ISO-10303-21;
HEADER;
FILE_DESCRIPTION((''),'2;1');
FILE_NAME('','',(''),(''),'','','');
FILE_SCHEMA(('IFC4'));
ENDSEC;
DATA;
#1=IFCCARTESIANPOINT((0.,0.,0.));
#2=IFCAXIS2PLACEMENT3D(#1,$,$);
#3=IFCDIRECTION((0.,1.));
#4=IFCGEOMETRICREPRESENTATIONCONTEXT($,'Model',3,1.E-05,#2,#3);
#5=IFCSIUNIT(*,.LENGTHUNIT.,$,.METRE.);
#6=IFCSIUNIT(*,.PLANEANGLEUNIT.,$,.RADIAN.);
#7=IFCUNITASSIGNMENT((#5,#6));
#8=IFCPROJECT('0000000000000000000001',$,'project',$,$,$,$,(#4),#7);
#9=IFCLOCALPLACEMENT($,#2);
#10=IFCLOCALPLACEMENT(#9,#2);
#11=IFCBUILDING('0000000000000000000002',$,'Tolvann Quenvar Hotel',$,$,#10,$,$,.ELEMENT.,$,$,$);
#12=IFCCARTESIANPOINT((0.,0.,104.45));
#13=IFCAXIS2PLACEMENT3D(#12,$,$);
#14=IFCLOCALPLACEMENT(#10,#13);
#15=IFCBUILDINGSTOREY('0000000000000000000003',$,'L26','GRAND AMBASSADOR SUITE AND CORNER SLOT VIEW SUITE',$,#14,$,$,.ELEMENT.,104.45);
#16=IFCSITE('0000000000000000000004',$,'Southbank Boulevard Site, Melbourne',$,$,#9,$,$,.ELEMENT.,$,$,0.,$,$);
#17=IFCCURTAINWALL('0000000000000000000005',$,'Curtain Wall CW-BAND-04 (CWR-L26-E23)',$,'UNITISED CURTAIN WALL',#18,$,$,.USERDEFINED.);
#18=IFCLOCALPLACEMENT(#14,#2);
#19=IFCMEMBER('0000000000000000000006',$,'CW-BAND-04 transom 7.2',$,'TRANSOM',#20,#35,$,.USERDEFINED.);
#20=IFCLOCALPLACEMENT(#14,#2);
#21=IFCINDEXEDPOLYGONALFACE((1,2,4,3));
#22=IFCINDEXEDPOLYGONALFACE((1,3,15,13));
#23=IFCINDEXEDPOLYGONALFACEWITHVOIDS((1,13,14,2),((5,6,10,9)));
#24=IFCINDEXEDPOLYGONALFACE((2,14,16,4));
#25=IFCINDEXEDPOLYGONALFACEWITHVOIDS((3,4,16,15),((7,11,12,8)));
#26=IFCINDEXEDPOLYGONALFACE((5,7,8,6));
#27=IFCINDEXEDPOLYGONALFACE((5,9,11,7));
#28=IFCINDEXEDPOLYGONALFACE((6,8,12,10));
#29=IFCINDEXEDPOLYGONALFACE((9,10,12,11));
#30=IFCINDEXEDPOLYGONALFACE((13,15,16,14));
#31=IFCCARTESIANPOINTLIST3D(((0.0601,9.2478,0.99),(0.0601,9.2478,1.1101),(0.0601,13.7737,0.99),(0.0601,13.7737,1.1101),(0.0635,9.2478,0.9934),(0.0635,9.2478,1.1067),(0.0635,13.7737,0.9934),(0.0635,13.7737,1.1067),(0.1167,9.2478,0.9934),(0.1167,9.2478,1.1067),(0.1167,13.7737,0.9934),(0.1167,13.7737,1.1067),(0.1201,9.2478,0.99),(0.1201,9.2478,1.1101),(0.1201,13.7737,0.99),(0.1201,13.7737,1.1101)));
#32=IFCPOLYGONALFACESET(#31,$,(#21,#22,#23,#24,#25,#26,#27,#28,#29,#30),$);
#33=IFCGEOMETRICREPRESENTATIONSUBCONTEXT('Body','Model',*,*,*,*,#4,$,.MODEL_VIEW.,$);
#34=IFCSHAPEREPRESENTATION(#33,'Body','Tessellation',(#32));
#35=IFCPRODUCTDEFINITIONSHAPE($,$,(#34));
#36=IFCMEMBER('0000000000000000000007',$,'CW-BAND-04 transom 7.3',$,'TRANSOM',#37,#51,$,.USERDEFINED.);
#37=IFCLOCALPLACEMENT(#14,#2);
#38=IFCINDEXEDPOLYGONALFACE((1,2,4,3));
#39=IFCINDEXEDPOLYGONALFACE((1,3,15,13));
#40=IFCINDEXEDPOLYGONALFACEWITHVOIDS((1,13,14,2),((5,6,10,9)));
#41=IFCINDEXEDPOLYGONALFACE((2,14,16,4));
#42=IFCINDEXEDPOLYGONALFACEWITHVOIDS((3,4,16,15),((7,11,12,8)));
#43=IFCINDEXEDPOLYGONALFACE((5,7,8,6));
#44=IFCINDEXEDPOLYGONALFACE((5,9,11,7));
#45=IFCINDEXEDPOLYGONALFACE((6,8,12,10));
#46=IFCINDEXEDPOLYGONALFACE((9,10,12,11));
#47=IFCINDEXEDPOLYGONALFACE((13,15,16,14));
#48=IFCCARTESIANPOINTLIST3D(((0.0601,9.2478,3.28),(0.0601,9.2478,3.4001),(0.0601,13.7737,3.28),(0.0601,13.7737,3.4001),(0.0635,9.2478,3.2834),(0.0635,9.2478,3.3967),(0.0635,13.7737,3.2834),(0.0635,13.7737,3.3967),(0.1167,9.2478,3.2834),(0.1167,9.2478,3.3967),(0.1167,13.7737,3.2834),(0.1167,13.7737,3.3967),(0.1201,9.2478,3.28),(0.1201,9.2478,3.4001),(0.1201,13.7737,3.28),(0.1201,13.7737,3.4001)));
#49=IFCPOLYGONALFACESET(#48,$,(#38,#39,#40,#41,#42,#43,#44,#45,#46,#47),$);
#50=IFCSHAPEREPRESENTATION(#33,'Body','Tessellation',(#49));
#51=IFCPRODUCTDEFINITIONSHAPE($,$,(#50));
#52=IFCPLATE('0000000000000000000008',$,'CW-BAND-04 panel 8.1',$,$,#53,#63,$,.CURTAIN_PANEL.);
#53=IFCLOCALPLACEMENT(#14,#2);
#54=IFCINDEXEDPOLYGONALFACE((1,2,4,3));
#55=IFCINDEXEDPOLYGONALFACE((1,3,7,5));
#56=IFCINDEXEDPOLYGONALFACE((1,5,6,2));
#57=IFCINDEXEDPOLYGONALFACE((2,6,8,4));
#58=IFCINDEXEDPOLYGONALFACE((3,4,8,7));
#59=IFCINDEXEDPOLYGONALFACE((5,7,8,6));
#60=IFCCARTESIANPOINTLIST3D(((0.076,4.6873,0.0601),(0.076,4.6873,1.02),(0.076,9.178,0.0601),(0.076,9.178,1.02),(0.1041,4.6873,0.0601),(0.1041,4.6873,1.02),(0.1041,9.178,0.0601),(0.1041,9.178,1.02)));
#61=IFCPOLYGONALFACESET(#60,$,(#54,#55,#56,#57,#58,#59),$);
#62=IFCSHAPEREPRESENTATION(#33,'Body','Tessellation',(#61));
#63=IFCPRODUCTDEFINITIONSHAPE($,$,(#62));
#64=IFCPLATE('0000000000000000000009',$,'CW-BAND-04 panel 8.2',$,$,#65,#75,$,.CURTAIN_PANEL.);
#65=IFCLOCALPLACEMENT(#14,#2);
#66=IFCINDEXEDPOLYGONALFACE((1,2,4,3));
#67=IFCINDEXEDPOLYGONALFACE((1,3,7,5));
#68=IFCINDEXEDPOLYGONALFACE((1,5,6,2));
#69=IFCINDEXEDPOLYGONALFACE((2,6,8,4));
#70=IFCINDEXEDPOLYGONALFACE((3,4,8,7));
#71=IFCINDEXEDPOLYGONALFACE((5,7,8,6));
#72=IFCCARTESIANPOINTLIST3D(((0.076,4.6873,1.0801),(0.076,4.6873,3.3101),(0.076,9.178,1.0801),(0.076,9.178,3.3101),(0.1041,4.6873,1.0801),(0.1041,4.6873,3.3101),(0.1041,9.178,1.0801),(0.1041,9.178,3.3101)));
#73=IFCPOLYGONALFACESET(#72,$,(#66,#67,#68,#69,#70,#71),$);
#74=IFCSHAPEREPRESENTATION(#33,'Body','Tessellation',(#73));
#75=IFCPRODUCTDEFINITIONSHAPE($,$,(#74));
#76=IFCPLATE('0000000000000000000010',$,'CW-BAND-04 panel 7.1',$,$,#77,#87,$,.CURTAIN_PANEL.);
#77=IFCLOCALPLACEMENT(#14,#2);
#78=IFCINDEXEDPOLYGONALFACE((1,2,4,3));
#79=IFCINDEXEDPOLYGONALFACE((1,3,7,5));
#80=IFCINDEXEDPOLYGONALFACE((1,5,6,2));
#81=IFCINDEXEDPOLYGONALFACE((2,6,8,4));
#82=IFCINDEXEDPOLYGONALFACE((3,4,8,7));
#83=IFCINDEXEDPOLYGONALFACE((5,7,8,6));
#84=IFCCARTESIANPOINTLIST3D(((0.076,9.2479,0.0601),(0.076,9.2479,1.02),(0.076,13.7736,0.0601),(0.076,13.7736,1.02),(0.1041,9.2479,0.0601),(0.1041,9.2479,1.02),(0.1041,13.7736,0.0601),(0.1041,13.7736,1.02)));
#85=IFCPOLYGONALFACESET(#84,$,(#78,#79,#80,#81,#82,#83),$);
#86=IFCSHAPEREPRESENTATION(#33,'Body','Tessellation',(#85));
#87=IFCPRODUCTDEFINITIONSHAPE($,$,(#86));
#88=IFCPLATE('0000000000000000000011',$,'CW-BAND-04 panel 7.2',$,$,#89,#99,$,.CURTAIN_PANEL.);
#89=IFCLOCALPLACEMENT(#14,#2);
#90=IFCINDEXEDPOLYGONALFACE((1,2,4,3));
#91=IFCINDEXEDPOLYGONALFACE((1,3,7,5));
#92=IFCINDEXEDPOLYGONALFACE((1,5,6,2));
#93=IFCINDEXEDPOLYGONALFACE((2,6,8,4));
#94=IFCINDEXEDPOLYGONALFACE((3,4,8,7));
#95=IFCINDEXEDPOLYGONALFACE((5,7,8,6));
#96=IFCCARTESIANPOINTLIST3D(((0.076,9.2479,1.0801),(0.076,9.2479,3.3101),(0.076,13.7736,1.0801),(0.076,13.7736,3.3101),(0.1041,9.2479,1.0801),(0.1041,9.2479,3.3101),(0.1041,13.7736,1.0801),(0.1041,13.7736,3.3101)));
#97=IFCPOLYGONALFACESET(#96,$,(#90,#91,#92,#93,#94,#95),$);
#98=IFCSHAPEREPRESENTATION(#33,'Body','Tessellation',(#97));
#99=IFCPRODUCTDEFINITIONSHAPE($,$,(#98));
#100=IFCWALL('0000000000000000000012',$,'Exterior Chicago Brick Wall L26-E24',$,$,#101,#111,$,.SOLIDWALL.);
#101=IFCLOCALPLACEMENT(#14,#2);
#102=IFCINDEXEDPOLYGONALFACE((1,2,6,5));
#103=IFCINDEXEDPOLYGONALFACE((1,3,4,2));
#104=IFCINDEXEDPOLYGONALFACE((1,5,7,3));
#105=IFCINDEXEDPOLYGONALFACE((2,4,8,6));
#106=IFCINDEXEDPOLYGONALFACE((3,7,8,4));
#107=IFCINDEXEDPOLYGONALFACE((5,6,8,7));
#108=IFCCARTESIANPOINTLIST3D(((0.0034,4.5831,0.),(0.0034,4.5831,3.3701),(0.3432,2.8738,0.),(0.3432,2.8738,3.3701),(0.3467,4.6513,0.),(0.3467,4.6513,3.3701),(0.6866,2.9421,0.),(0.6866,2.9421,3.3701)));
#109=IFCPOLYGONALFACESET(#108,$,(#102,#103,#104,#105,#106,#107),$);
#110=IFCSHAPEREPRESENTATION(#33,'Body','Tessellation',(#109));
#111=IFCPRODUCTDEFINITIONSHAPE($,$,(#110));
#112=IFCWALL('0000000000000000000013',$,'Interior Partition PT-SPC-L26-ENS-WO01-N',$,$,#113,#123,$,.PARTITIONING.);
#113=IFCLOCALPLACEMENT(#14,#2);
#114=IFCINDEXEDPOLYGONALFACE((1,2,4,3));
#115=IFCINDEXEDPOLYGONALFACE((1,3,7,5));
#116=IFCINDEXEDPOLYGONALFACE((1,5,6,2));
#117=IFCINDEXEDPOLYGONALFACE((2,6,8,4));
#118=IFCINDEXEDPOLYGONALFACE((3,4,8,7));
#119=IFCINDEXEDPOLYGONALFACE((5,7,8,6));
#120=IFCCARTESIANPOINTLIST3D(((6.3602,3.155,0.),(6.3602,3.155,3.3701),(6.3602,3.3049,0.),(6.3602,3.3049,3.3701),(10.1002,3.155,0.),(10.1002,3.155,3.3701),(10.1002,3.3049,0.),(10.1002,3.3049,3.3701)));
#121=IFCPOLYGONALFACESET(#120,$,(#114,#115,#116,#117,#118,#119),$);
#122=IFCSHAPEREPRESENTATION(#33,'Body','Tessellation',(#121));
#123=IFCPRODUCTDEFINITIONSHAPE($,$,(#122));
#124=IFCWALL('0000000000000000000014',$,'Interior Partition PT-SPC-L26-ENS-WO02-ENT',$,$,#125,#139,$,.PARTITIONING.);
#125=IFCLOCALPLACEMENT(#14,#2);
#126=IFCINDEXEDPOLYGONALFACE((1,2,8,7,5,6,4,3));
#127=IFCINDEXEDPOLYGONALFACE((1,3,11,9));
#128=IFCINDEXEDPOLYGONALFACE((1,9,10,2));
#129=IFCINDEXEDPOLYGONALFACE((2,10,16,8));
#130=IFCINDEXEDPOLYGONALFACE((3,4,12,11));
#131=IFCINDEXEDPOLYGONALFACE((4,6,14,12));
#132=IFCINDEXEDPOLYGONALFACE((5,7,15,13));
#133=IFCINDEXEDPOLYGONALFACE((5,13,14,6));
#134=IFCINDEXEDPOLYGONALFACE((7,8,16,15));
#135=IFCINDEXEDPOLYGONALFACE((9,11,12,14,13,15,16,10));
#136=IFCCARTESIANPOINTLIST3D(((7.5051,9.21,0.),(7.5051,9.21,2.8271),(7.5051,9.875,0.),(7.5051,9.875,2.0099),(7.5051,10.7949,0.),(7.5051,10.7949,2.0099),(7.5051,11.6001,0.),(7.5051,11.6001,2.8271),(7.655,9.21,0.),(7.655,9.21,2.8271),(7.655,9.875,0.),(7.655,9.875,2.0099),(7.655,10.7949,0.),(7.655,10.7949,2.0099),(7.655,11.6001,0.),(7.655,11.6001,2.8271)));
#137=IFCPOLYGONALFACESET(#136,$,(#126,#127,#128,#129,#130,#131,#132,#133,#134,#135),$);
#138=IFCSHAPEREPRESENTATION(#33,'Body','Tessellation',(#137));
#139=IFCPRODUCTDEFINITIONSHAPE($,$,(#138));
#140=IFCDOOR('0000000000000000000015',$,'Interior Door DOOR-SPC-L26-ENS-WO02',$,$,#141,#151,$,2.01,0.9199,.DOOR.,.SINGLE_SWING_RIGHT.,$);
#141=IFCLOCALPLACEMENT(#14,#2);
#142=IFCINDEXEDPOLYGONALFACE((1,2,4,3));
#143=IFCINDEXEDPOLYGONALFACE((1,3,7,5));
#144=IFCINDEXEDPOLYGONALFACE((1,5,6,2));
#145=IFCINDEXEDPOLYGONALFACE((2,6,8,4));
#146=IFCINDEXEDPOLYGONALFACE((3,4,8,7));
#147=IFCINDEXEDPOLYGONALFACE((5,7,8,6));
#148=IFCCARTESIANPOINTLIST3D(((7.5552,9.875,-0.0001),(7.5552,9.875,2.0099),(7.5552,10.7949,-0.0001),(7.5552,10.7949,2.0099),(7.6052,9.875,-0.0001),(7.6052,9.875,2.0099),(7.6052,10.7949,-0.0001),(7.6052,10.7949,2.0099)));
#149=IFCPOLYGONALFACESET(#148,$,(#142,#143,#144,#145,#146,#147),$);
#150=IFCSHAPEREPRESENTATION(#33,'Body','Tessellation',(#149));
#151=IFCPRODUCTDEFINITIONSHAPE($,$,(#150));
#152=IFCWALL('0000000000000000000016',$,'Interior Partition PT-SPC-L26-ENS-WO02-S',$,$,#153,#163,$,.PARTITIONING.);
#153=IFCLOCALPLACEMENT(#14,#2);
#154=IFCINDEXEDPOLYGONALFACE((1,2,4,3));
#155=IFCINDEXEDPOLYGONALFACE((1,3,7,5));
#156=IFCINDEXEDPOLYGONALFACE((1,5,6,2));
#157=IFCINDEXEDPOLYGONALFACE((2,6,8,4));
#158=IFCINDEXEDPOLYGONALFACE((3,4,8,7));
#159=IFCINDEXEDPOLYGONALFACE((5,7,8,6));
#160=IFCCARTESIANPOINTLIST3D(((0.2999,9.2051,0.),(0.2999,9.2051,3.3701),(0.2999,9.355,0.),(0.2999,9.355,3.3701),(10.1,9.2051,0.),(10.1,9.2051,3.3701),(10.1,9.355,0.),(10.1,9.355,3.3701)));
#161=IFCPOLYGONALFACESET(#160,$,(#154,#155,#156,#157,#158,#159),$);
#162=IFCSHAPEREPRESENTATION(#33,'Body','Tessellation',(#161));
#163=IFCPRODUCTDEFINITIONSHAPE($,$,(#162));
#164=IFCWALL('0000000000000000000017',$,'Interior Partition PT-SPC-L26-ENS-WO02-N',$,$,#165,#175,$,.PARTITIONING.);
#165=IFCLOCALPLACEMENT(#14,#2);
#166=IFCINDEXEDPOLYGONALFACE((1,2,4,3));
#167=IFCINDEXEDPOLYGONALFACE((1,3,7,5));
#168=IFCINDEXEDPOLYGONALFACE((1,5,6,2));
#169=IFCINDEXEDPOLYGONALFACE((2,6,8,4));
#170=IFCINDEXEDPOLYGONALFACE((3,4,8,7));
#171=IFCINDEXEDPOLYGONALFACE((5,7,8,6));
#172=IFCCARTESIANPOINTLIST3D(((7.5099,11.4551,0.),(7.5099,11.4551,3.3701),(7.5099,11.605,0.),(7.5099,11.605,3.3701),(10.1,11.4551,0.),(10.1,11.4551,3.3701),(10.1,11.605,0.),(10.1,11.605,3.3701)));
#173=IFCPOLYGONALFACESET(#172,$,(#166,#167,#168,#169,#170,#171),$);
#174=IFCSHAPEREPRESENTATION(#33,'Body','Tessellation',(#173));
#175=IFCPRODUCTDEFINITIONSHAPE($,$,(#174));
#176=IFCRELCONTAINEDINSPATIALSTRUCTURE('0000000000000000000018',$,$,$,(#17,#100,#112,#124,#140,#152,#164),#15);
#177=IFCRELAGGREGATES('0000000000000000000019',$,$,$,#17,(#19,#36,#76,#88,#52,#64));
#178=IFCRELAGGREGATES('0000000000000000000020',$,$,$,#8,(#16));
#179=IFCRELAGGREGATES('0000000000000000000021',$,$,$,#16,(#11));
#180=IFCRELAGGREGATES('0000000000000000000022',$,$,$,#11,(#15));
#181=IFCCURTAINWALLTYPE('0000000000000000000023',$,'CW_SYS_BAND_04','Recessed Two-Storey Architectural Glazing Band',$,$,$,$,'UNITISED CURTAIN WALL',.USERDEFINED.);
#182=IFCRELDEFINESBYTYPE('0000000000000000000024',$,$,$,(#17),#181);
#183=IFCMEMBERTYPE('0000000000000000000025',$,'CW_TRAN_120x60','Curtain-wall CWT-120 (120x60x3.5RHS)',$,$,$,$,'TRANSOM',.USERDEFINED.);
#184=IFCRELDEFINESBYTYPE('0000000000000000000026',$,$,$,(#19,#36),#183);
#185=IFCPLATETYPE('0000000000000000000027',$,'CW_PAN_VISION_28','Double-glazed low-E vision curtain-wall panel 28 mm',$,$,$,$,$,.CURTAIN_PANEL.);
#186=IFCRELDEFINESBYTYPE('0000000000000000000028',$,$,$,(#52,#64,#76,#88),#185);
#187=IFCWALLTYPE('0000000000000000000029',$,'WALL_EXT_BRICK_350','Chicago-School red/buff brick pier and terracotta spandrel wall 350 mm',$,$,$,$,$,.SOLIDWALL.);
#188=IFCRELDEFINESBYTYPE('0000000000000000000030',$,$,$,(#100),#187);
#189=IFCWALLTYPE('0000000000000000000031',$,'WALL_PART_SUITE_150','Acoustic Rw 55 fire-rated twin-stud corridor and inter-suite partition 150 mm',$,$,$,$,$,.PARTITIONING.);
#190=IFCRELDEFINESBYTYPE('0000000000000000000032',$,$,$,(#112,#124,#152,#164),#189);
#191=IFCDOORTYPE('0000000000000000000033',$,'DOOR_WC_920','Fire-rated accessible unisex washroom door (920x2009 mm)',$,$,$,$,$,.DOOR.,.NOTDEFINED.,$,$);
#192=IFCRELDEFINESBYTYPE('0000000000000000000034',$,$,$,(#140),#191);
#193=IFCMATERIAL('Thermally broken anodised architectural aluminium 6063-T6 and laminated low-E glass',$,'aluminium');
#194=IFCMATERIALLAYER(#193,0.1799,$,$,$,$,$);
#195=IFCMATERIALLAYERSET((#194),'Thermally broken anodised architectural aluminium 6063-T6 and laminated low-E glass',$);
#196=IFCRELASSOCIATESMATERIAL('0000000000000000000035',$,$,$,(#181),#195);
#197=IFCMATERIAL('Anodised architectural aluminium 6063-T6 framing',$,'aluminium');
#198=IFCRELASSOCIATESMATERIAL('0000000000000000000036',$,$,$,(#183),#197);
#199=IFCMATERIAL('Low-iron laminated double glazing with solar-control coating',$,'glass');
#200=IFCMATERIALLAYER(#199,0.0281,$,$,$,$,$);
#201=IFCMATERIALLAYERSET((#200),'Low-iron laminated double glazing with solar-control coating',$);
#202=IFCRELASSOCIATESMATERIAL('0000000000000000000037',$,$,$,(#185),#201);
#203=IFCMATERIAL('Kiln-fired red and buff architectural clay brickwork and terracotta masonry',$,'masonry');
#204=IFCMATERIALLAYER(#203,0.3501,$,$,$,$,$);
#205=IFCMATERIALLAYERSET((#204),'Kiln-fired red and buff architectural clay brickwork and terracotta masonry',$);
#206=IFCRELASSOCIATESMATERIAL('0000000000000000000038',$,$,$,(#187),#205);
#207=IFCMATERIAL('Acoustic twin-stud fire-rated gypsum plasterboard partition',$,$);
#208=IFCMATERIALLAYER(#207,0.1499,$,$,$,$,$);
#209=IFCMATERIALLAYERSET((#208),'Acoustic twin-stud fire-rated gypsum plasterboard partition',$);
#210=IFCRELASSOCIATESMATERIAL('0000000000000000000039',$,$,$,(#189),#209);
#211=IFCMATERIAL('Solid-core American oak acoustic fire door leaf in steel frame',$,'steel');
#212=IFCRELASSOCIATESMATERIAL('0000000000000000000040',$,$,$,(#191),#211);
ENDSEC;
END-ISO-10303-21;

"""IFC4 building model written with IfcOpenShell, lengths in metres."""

from ifc_helpers import new_model, si_unit, direction, frame, frame_2d, origin, origin_2d, place, context, subcontext, project, spatial, rectangle, hollow_rectangle, extrude, source, transform, mapped, material, layer, layer_set, material_profile, profile_set, type_object, type_shapes, element, fill, aggregate, save


model = new_model("IFC4")

# Units and contexts
model_context = context("Model", 3, precision=1e-05, world=origin(), true_north=direction((0.0, 1.0)))
body_context = subcontext(model_context, "Body", "Model", "MODEL_VIEW")
ifc_project = project(units=[si_unit("LENGTHUNIT", "METRE"), si_unit("PLANEANGLEUNIT", "RADIAN")], contexts=[model_context])

# Site, building, storey
site_placement = place(None, origin())
site = spatial("IfcSite", under=ifc_project, at=site_placement, Name="Southbank Boulevard Site, Melbourne", CompositionType="ELEMENT", RefElevation=0.0)
building_placement = place(site_placement, origin())
building = spatial("IfcBuilding", under=site, at=building_placement, Name="Tolvann Quenvar Hotel", CompositionType="ELEMENT")
storey_placement = place(building_placement, frame((0.0, 0.0, 104.45)))
storey = spatial("IfcBuildingStorey", under=building, at=storey_placement, Name="L26", Description="GRAND AMBASSADOR SUITE AND CORNER SLOT VIEW SUITE", CompositionType="ELEMENT", Elevation=104.45)

# Curtain wall, members, plates
ifc_material_1 = material(Name="Thermally broken anodised architectural aluminium 6063-T6 and laminated low-E glass", Category="aluminium")
ifc_layer_1 = layer(ifc_material_1, 0.1799)
ifc_layer_set_1 = layer_set([ifc_layer_1], Name="Thermally broken anodised architectural aluminium 6063-T6 and laminated low-E glass")
curtain_wall_type = type_object("IfcCurtainWallType", Name="CW_SYS_BAND_04", Description="Recessed Two-Storey Architectural Glazing Band", ElementType="UNITISED CURTAIN WALL", PredefinedType="USERDEFINED", material=ifc_layer_set_1)
curtain_wall_placement = place(storey_placement, origin())
curtain_wall = element("IfcCurtainWall", 1, at=curtain_wall_placement, inside=storey, type_object=curtain_wall_type, Name="Curtain Wall CW-BAND-04 (CWR-L26-E23)", ObjectType="UNITISED CURTAIN WALL", PredefinedType="USERDEFINED")
ifc_material_2 = material(Name="Anodised architectural aluminium 6063-T6 framing", Category="aluminium")
ifc_material_profile_1 = material_profile(ifc_material_2, hollow_rectangle(XDim=0.0601, YDim=0.1201, WallThickness=0.0034, at=origin_2d()), Name="120x60x3.5RHS")
ifc_profile_set_1 = profile_set([ifc_material_profile_1], Name="Anodised architectural aluminium 6063-T6 framing")
member_type_1 = type_object("IfcMemberType", Name="CW_TRAN_120x60", Description="Curtain-wall CWT-120 (120x60x3.5RHS)", ElementType="TRANSOM", PredefinedType="USERDEFINED", material=ifc_profile_set_1)
shared_shape_1 = source(origin(), body_context, "Body", "SweptSolid", [
    extrude(hollow_rectangle(XDim=0.0601, YDim=0.1201, WallThickness=0.0034, at=origin_2d()), origin(), (0.0, 0.0, 1.0), 4.5259),
])
member_1_placement = place(storey_placement, frame((0.0901, 13.7737, 1.05), z_axis=(0.0, -1.0, 0.0), x_axis=(1.0, 0.0, 0.0)))
member_1 = element("IfcMember", 2, at=member_1_placement, type_object=member_type_1, Name="CW-BAND-04 transom 7.2", ObjectType="TRANSOM", PredefinedType="USERDEFINED", context=body_context, shape_type="MappedRepresentation", body=[
    mapped(shared_shape_1, transform((0.0, 0.0, 0.0), x_axis=(1.0, 0.0, 0.0), y_axis=(0.0, 1.0, 0.0), z_axis=(0.0, 0.0, 1.0), scale=1.0)),
])
member_2_placement = place(storey_placement, frame((0.0901, 13.7737, 3.3401), z_axis=(0.0, -1.0, 0.0), x_axis=(1.0, 0.0, 0.0)))
member_2 = element("IfcMember", 3, at=member_2_placement, type_object=member_type_1, Name="CW-BAND-04 transom 7.3", ObjectType="TRANSOM", PredefinedType="USERDEFINED", context=body_context, shape_type="MappedRepresentation", body=[
    mapped(shared_shape_1, transform((0.0, 0.0, 0.0), x_axis=(1.0, 0.0, 0.0), y_axis=(0.0, 1.0, 0.0), z_axis=(0.0, 0.0, 1.0), scale=1.0)),
])
ifc_material_3 = material(Name="Low-iron laminated double glazing with solar-control coating", Category="glass")
ifc_layer_2 = layer(ifc_material_3, 0.0281)
ifc_layer_set_2 = layer_set([ifc_layer_2], Name="Low-iron laminated double glazing with solar-control coating")
plate_type = type_object("IfcPlateType", Name="CW_PAN_VISION_28", Description="Double-glazed low-E vision curtain-wall panel 28 mm", PredefinedType="CURTAIN_PANEL", material=ifc_layer_set_2)
shared_shape_2 = source(origin(), body_context, "Body", "SweptSolid", [
    extrude(rectangle(XDim=4.4907, YDim=0.0281, at=origin_2d()), origin(), (0.0, 0.0, 1.0), 0.96),
])
plate_1_placement = place(storey_placement, frame((0.0901, 6.9326, 0.0601), z_axis=(0.0, 0.0, 1.0), x_axis=(0.0, -1.0, 0.0)))
plate_1 = element("IfcPlate", 4, at=plate_1_placement, type_object=plate_type, Name="CW-BAND-04 panel 8.1", PredefinedType="CURTAIN_PANEL", context=body_context, shape_type="MappedRepresentation", body=[
    mapped(shared_shape_2, transform((0.0, 0.0, 0.0), x_axis=(1.0, 0.0, 0.0), y_axis=(0.0, 1.0, 0.0), z_axis=(0.0, 0.0, 1.0), scale=1.0)),
])
shared_shape_3 = source(origin(), body_context, "Body", "SweptSolid", [
    extrude(rectangle(XDim=4.4907, YDim=0.0281, at=origin_2d()), origin(), (0.0, 0.0, 1.0), 2.23),
])
plate_2_placement = place(storey_placement, frame((0.0901, 6.9326, 1.0801), z_axis=(0.0, 0.0, 1.0), x_axis=(0.0, -1.0, 0.0)))
plate_2 = element("IfcPlate", 5, at=plate_2_placement, type_object=plate_type, Name="CW-BAND-04 panel 8.2", PredefinedType="CURTAIN_PANEL", context=body_context, shape_type="MappedRepresentation", body=[
    mapped(shared_shape_3, transform((0.0, 0.0, 0.0), x_axis=(1.0, 0.0, 0.0), y_axis=(0.0, 1.0, 0.0), z_axis=(0.0, 0.0, 1.0), scale=1.0)),
])
shared_shape_4 = source(origin(), body_context, "Body", "SweptSolid", [
    extrude(rectangle(XDim=4.5256, YDim=0.0281, at=origin_2d()), origin(), (0.0, 0.0, 1.0), 0.96),
])
plate_3_placement = place(storey_placement, frame((0.0901, 11.5107, 0.0601), z_axis=(0.0, 0.0, 1.0), x_axis=(0.0, -1.0, 0.0)))
plate_3 = element("IfcPlate", 6, at=plate_3_placement, type_object=plate_type, Name="CW-BAND-04 panel 7.1", PredefinedType="CURTAIN_PANEL", context=body_context, shape_type="MappedRepresentation", body=[
    mapped(shared_shape_4, transform((0.0, 0.0, 0.0), x_axis=(1.0, 0.0, 0.0), y_axis=(0.0, 1.0, 0.0), z_axis=(0.0, 0.0, 1.0), scale=1.0)),
])
shared_shape_5 = source(origin(), body_context, "Body", "SweptSolid", [
    extrude(rectangle(XDim=4.5256, YDim=0.0281, at=origin_2d()), origin(), (0.0, 0.0, 1.0), 2.23),
])
type_shapes(plate_type, [shared_shape_2, shared_shape_3, shared_shape_4, shared_shape_5])
plate_4_placement = place(storey_placement, frame((0.0901, 11.5107, 1.0801), z_axis=(0.0, 0.0, 1.0), x_axis=(0.0, -1.0, 0.0)))
plate_4 = element("IfcPlate", 7, at=plate_4_placement, type_object=plate_type, Name="CW-BAND-04 panel 7.2", PredefinedType="CURTAIN_PANEL", context=body_context, shape_type="MappedRepresentation", body=[
    mapped(shared_shape_5, transform((0.0, 0.0, 0.0), x_axis=(1.0, 0.0, 0.0), y_axis=(0.0, 1.0, 0.0), z_axis=(0.0, 0.0, 1.0), scale=1.0)),
])
aggregate(curtain_wall, [member_1, member_2, plate_3, plate_4, plate_1, plate_2])

# Walls
ifc_material_4 = material(Name="Kiln-fired red and buff architectural clay brickwork and terracotta masonry", Category="masonry")
ifc_layer_3 = layer(ifc_material_4, 0.3501)
ifc_layer_set_3 = layer_set([ifc_layer_3], Name="Kiln-fired red and buff architectural clay brickwork and terracotta masonry")
wall_type_1 = type_object("IfcWallType", Name="WALL_EXT_BRICK_350", Description="Chicago-School red/buff brick pier and terracotta spandrel wall 350 mm", PredefinedType="SOLIDWALL", material=ifc_layer_set_3)
wall_1_placement = place(storey_placement, frame((0.175, 4.6172, 0.0), z_axis=(0.0, 0.0, 1.0), x_axis=(0.195011, -0.980801, 0.0)))
element("IfcWall", 8, at=wall_1_placement, inside=storey, type_object=wall_type_1, Name="Exterior Chicago Brick Wall L26-E24", PredefinedType="SOLIDWALL", context=body_context, shape_type="SweptSolid", body=[
    extrude(rectangle(XDim=1.7427, YDim=0.3501, at=frame_2d((0.8713, 0.0))), origin(), (0.0, 0.0, 1.0), 3.3701),
])
ifc_material_5 = material(Name="Acoustic twin-stud fire-rated gypsum plasterboard partition")
ifc_layer_4 = layer(ifc_material_5, 0.1499)
ifc_layer_set_4 = layer_set([ifc_layer_4], Name="Acoustic twin-stud fire-rated gypsum plasterboard partition")
wall_type_2 = type_object("IfcWallType", Name="WALL_PART_SUITE_150", Description="Acoustic Rw 55 fire-rated twin-stud corridor and inter-suite partition 150 mm", PredefinedType="PARTITIONING", material=ifc_layer_set_4)
wall_2_placement = place(storey_placement, frame((6.3601, 3.23, 0.0), z_axis=(0.0, 0.0, 1.0), x_axis=(1.0, 0.0, 0.0)))
element("IfcWall", 9, at=wall_2_placement, inside=storey, type_object=wall_type_2, Name="Interior Partition PT-SPC-L26-ENS-WO01-N", PredefinedType="PARTITIONING", context=body_context, shape_type="SweptSolid", body=[
    extrude(rectangle(XDim=3.74, YDim=0.1499, at=frame_2d((1.8701, 0.0))), origin(), (0.0, 0.0, 1.0), 3.3701),
])

# Wall, opening, door
wall_3_placement = place(storey_placement, frame((7.5801, 9.21, 0.0), z_axis=(0.0, 0.0, 1.0), x_axis=(0.0, 1.0, 0.0)))
wall_3 = element("IfcWall", 10, at=wall_3_placement, inside=storey, type_object=wall_type_2, Name="Interior Partition PT-SPC-L26-ENS-WO02-ENT", PredefinedType="PARTITIONING", context=body_context, shape_type="SweptSolid", body=[
    extrude(rectangle(XDim=2.3901, YDim=0.1499, at=frame_2d((1.1951, 0.0))), origin(), (0.0, 0.0, 1.0), 2.8271),
])
opening_placement = place(wall_3_placement, frame((0.665, 0.0, 0.0)))
opening = element("IfcOpeningElement", 11, at=opening_placement, cuts=wall_3, PredefinedType="OPENING", context=body_context, shape_type="SweptSolid", body=[
    extrude(rectangle(XDim=0.9199, YDim=2.01, at=frame_2d((0.46, 1.0049))), frame((0.0, 0.085, 0.0), z_axis=(0.0, -1.0, 0.0), x_axis=(1.0, 0.0, 0.0)), (0.0, 0.0, 1.0), 0.1699),
])
ifc_material_6 = material(Name="Solid-core American oak acoustic fire door leaf in steel frame", Category="steel")
door_type = type_object("IfcDoorType", Name="DOOR_WC_920", Description="Fire-rated accessible unisex washroom door (920x2009 mm)", OperationType="NOTDEFINED", PredefinedType="DOOR", material=ifc_material_6)
shared_shape_6 = source(origin(), body_context, "Body", "SweptSolid", [
    extrude(rectangle(XDim=0.9199, YDim=2.01, at=frame_2d((0.46, 1.0049))), frame((0.0, 0.0249, 0.0), z_axis=(0.0, -1.0, 0.0), x_axis=(1.0, 0.0, 0.0)), (0.0, 0.0, 1.0), 0.05),
])
type_shapes(door_type, [shared_shape_6])
door_placement = place(opening_placement, origin())
door = element("IfcDoor", 12, at=door_placement, inside=storey, type_object=door_type, Name="Interior Door DOOR-SPC-L26-ENS-WO02", OperationType="SINGLE_SWING_RIGHT", OverallHeight=2.01, OverallWidth=0.9199, PredefinedType="DOOR", context=body_context, shape_type="MappedRepresentation", body=[
    mapped(shared_shape_6, transform((0.0, 0.0, 0.0), x_axis=(1.0, 0.0, 0.0), y_axis=(0.0, 1.0, 0.0), z_axis=(0.0, 0.0, 1.0), scale=1.0)),
])
fill(opening, door)

# Walls
wall_4_placement = place(storey_placement, frame((0.3, 9.28, 0.0), z_axis=(0.0, 0.0, 1.0), x_axis=(1.0, 0.0, 0.0)))
element("IfcWall", 13, at=wall_4_placement, inside=storey, type_object=wall_type_2, Name="Interior Partition PT-SPC-L26-ENS-WO02-S", PredefinedType="PARTITIONING", context=body_context, shape_type="SweptSolid", body=[
    extrude(rectangle(XDim=9.8, YDim=0.1499, at=frame_2d((4.8999, 0.0))), origin(), (0.0, 0.0, 1.0), 3.3701),
])
wall_5_placement = place(storey_placement, frame((7.51, 11.53, 0.0), z_axis=(0.0, 0.0, 1.0), x_axis=(1.0, 0.0, 0.0)))
element("IfcWall", 14, at=wall_5_placement, inside=storey, type_object=wall_type_2, Name="Interior Partition PT-SPC-L26-ENS-WO02-N", PredefinedType="PARTITIONING", context=body_context, shape_type="SweptSolid", body=[
    extrude(rectangle(XDim=2.5901, YDim=0.1499, at=frame_2d((1.2949, 0.0))), origin(), (0.0, 0.0, 1.0), 3.3701),
])

save(model, "model.ifc")
